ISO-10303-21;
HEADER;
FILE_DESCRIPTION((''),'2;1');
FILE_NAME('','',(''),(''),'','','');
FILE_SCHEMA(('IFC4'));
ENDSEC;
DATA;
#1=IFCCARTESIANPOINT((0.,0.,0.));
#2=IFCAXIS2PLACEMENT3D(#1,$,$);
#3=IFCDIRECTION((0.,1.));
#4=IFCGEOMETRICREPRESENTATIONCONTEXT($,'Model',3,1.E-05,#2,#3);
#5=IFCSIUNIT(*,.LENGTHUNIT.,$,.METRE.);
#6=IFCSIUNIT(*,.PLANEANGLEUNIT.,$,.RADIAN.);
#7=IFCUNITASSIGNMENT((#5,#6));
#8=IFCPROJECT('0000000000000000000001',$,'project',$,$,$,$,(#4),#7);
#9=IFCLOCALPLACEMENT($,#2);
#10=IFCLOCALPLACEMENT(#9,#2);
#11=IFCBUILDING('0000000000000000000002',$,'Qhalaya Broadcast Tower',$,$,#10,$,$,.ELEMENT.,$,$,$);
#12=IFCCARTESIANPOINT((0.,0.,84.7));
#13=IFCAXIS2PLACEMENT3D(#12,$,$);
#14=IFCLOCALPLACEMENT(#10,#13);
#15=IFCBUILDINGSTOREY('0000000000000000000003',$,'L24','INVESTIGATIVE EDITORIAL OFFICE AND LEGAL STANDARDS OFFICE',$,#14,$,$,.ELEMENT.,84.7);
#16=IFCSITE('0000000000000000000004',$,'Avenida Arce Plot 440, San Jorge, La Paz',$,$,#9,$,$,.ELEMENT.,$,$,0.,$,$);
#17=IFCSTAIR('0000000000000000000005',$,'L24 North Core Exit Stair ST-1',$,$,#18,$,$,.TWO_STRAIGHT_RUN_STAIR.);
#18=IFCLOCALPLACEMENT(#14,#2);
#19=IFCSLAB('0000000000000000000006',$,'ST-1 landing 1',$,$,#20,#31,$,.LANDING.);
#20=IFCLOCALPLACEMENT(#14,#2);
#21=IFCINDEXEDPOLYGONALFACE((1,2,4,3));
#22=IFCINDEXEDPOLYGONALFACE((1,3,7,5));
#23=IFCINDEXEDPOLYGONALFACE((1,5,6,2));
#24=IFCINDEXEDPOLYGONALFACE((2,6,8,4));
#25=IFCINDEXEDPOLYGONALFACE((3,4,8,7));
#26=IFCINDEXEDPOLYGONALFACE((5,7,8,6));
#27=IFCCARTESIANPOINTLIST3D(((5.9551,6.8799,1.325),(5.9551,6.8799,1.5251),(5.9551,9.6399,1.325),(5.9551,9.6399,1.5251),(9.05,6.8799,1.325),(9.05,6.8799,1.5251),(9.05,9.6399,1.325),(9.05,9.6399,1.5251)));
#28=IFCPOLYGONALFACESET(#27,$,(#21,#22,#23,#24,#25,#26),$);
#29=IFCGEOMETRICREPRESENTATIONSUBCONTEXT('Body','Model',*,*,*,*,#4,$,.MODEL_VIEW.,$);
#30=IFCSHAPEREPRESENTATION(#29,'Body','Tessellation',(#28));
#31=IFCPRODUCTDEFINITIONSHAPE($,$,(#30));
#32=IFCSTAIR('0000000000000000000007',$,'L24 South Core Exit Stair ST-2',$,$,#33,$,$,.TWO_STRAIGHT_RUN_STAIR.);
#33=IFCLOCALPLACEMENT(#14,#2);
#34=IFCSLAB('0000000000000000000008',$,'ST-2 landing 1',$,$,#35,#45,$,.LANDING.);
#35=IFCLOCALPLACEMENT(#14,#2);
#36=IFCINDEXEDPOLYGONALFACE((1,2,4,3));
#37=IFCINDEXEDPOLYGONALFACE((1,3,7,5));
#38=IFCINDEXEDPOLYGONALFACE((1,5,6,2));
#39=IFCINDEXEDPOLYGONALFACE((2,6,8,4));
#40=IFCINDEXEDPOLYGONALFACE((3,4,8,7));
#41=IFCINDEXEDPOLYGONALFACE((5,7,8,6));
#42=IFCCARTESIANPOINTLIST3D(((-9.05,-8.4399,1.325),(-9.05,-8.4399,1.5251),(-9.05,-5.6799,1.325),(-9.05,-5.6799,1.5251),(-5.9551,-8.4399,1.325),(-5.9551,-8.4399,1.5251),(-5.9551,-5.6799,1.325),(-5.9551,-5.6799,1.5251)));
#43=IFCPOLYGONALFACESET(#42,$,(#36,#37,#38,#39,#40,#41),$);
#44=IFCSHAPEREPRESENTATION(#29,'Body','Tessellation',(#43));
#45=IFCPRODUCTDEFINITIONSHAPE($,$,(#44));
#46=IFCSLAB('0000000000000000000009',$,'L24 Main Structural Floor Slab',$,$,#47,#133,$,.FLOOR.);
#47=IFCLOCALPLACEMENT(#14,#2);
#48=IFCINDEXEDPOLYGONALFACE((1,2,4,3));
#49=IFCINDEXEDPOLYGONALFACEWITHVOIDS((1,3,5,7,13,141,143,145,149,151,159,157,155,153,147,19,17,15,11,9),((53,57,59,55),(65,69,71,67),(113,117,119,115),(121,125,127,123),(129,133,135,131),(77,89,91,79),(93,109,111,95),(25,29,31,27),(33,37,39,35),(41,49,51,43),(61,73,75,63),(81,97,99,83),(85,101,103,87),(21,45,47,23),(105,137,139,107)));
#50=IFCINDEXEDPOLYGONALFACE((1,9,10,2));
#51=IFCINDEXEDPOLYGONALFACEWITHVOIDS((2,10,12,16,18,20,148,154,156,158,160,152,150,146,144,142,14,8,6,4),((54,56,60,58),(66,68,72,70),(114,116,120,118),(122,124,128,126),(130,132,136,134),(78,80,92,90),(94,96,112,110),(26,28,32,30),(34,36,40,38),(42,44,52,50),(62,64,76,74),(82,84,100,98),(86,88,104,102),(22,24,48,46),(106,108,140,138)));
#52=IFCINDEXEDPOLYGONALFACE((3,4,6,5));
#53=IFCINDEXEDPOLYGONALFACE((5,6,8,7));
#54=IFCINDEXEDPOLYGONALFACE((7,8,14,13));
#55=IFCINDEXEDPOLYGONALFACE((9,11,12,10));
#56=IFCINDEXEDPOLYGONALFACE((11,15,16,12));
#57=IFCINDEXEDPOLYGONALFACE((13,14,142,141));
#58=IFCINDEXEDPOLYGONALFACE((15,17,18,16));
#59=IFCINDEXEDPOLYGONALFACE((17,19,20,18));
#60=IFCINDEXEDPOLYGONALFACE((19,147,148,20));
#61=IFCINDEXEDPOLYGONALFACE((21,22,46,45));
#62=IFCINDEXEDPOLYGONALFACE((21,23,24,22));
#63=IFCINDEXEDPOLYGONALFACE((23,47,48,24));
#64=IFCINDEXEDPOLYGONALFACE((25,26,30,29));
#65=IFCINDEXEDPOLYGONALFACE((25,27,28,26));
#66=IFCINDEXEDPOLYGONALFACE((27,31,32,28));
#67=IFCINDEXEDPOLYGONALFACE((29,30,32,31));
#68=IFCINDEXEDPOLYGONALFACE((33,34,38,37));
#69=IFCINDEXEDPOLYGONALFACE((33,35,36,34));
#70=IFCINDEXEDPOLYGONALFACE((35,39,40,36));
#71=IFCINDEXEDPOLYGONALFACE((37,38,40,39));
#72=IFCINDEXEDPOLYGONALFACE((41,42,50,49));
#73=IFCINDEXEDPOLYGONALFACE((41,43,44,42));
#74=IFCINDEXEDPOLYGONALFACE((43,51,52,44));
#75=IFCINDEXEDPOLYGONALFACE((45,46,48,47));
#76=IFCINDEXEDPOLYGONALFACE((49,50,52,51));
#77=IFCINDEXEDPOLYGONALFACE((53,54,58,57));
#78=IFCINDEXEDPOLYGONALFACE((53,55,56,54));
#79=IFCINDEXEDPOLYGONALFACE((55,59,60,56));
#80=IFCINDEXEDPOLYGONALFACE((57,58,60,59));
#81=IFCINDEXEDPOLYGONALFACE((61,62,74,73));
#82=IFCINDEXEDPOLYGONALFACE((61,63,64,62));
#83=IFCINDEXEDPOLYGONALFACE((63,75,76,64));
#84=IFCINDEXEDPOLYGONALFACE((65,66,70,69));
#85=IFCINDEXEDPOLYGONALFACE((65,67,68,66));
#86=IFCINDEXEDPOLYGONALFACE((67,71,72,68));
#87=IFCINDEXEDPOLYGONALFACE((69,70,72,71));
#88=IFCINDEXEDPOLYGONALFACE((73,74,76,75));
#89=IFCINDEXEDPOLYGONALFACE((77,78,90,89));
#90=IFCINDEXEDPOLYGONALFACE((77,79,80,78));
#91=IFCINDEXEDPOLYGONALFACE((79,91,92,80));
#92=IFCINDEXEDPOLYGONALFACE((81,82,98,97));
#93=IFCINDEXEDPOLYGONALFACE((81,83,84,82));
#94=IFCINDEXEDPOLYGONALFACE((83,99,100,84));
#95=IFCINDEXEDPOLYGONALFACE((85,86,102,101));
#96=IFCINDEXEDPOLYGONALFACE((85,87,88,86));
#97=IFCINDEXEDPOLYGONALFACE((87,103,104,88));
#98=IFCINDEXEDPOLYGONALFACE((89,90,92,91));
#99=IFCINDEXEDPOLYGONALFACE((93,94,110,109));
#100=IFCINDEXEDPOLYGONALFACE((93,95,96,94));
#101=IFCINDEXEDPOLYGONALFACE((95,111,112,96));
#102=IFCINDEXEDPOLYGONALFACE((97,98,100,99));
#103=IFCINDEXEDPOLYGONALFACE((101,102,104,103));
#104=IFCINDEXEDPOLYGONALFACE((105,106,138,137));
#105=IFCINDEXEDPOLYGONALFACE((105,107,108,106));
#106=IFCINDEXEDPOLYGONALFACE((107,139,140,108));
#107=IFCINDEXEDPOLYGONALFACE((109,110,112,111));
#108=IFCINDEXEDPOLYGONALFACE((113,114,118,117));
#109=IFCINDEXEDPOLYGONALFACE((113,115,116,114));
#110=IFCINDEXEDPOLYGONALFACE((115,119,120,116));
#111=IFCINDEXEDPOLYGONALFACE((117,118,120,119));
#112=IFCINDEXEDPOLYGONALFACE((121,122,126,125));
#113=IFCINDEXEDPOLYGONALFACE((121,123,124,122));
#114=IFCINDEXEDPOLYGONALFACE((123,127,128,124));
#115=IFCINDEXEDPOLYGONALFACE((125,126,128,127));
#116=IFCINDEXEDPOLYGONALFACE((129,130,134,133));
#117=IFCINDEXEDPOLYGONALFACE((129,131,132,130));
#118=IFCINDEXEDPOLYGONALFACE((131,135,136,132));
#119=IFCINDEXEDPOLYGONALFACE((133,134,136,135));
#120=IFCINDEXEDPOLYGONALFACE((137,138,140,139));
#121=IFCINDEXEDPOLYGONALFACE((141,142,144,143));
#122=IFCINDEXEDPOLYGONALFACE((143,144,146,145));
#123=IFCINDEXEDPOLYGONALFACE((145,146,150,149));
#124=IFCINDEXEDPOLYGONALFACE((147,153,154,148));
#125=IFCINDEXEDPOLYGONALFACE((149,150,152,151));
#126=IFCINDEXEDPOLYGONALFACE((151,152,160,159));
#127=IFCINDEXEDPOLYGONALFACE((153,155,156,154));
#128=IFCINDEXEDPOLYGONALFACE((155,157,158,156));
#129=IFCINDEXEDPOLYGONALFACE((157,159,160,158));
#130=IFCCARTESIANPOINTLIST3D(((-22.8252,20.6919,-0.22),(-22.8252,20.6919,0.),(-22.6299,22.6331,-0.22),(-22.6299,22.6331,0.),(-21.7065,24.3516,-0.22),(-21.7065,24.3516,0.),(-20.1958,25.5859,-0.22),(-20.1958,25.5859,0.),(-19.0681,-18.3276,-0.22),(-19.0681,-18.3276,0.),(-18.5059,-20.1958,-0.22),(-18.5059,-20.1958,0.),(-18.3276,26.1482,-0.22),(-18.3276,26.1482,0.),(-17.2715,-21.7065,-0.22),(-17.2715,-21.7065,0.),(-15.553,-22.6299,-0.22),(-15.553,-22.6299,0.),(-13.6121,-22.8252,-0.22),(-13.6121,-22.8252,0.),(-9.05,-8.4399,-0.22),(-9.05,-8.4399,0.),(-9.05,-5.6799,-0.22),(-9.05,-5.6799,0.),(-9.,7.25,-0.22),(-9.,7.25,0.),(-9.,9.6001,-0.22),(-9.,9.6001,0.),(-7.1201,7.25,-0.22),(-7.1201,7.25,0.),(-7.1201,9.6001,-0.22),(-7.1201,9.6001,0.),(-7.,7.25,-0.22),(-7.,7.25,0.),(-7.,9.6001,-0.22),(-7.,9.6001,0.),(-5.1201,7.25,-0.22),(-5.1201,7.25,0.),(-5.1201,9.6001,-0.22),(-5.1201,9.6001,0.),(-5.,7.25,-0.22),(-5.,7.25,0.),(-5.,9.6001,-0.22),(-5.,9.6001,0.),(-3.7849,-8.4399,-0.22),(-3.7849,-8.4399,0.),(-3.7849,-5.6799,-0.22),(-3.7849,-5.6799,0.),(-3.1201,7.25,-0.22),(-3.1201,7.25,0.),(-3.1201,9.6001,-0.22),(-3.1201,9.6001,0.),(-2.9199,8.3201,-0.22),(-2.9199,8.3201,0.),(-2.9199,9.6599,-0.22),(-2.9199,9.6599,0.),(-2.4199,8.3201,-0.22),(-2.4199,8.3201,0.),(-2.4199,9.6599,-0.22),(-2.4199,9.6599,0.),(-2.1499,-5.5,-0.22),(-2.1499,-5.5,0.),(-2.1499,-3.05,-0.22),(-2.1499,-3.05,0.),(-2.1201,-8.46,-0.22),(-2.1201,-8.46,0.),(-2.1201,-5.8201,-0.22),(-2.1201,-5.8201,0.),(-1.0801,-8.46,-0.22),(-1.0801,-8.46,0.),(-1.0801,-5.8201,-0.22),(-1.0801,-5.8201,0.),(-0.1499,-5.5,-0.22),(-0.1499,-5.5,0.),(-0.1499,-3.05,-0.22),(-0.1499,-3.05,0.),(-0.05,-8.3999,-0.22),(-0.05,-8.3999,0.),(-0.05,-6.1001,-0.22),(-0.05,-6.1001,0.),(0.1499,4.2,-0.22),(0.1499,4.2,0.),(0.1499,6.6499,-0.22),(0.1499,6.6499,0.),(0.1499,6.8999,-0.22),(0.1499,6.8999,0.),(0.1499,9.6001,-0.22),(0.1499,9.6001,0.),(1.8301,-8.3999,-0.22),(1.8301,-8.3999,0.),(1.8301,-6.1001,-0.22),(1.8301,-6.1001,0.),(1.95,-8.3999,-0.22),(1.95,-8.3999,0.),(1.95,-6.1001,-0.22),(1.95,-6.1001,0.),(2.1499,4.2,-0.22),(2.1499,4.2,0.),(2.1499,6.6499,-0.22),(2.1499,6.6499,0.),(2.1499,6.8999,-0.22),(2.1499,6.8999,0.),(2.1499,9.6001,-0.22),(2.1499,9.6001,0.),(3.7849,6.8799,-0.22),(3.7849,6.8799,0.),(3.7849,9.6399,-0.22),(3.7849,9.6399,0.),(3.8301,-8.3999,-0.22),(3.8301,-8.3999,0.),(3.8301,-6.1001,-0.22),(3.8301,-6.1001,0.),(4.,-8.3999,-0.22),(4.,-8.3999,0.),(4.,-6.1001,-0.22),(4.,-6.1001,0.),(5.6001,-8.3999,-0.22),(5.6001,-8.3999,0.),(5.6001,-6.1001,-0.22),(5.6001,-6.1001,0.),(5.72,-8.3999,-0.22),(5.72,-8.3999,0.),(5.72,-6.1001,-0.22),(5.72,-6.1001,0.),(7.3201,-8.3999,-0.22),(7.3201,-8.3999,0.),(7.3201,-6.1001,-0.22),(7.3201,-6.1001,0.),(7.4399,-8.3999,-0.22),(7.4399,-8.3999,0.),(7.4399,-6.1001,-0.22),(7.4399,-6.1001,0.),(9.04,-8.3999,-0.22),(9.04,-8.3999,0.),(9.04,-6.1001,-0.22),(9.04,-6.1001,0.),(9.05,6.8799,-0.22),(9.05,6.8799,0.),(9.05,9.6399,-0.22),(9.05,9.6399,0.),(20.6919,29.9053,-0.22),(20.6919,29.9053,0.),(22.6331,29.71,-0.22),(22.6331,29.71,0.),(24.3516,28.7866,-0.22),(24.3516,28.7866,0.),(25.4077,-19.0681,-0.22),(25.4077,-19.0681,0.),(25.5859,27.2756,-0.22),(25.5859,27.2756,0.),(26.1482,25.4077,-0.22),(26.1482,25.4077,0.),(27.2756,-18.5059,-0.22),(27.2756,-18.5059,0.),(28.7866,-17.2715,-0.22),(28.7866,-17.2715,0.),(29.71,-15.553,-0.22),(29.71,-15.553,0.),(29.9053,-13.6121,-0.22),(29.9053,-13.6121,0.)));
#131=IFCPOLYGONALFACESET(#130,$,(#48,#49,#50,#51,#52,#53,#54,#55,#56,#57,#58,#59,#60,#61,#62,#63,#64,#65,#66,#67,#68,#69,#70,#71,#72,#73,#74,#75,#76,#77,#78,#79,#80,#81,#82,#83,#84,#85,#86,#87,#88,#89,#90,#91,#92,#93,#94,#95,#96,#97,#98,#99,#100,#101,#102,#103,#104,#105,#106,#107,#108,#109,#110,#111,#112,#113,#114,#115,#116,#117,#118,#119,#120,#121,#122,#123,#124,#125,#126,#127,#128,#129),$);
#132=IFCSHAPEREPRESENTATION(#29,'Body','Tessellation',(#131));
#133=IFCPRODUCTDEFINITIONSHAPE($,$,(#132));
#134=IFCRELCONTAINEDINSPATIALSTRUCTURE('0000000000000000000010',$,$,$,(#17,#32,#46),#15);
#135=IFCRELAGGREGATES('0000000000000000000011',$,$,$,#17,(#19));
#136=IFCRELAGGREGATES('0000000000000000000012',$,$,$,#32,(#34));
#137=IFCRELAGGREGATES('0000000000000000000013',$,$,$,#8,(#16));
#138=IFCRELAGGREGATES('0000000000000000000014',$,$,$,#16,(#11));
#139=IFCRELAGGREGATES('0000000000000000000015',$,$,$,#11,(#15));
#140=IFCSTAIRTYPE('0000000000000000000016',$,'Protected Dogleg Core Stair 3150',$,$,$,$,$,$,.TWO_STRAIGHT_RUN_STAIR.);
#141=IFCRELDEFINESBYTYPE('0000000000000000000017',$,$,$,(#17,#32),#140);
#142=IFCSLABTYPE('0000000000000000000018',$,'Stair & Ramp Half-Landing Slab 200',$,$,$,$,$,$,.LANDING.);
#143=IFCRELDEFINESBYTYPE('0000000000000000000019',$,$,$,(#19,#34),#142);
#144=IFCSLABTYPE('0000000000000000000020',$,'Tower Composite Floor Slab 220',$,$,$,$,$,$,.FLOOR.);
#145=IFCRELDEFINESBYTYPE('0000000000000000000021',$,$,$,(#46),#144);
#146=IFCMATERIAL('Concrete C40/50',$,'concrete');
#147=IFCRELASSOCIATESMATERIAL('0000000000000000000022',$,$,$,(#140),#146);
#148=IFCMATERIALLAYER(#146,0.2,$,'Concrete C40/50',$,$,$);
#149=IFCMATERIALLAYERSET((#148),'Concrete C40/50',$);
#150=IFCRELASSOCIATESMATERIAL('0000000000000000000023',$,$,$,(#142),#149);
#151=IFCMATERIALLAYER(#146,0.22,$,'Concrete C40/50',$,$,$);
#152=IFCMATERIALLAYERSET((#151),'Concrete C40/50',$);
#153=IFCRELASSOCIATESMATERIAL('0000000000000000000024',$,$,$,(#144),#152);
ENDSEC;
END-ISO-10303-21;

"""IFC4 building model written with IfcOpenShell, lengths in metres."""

from ifc_helpers import new_model, si_unit, direction, frame, origin, place, context, subcontext, project, spatial, polyline, outline, extrude, material, layer, layer_set, type_object, element, aggregate, save


model = new_model("IFC4")

# Units and contexts
model_context = context("Model", 3, precision=1e-05, world=origin(), true_north=direction((0.0, 1.0)))
body_context = subcontext(model_context, "Body", "Model", "MODEL_VIEW")
ifc_project = project(units=[si_unit("LENGTHUNIT", "METRE"), si_unit("PLANEANGLEUNIT", "RADIAN")], contexts=[model_context])

# Site, building, storey
site_placement = place(None, origin())
site = spatial("IfcSite", under=ifc_project, at=site_placement, Name="Avenida Arce Plot 440, San Jorge, La Paz", CompositionType="ELEMENT", RefElevation=0.0)
building_placement = place(site_placement, origin())
building = spatial("IfcBuilding", under=site, at=building_placement, Name="Qhalaya Broadcast Tower", CompositionType="ELEMENT")
storey_placement = place(building_placement, frame((0.0, 0.0, 84.7)))
storey = spatial("IfcBuildingStorey", under=building, at=storey_placement, Name="L24", Description="INVESTIGATIVE EDITORIAL OFFICE AND LEGAL STANDARDS OFFICE", CompositionType="ELEMENT", Elevation=84.7)

# Stairs, slabs
ifc_material_1 = material(Name="Concrete C40/50", Category="concrete")
stair_type = type_object("IfcStairType", Name="Protected Dogleg Core Stair 3150", PredefinedType="TWO_STRAIGHT_RUN_STAIR", material=ifc_material_1)
stair_1_placement = place(storey_placement, origin())
stair_1 = element("IfcStair", 1, at=stair_1_placement, inside=storey, type_object=stair_type, Name="L24 North Core Exit Stair ST-1", PredefinedType="TWO_STRAIGHT_RUN_STAIR")
ifc_layer_1 = layer(ifc_material_1, 0.2, Name="Concrete C40/50")
ifc_layer_set_1 = layer_set([ifc_layer_1], Name="Concrete C40/50")
slab_type_1 = type_object("IfcSlabType", Name="Stair & Ramp Half-Landing Slab 200", PredefinedType="LANDING", material=ifc_layer_set_1)
slab_1_placement = place(storey_placement, frame((0.0, 0.0, 1.325)))
slab_1 = element("IfcSlab", 2, at=slab_1_placement, type_object=slab_type_1, Name="ST-1 landing 1", PredefinedType="LANDING", context=body_context, shape_type="SweptSolid", body=[
    extrude(outline(polyline([(5.9551, 6.8799), (9.05, 6.8799), (9.05, 9.6399), (5.9551, 9.6399), (5.9551, 6.8799)])), origin(), (0.0, 0.0, 1.0), 0.2002),
])
aggregate(stair_1, [slab_1])
stair_2_placement = place(storey_placement, origin())
stair_2 = element("IfcStair", 3, at=stair_2_placement, inside=storey, type_object=stair_type, Name="L24 South Core Exit Stair ST-2", PredefinedType="TWO_STRAIGHT_RUN_STAIR")
slab_2_placement = place(storey_placement, frame((0.0, 0.0, 1.325)))
slab_2 = element("IfcSlab", 4, at=slab_2_placement, type_object=slab_type_1, Name="ST-2 landing 1", PredefinedType="LANDING", context=body_context, shape_type="SweptSolid", body=[
    extrude(outline(polyline([(-5.9551, -5.6799), (-9.05, -5.6799), (-9.05, -8.4399), (-5.9551, -8.4399), (-5.9551, -5.6799)])), origin(), (0.0, 0.0, 1.0), 0.2002),
])
aggregate(stair_2, [slab_2])

# Slab
ifc_layer_2 = layer(ifc_material_1, 0.22, Name="Concrete C40/50")
ifc_layer_set_2 = layer_set([ifc_layer_2], Name="Concrete C40/50")
slab_type_2 = type_object("IfcSlabType", Name="Tower Composite Floor Slab 220", PredefinedType="FLOOR", material=ifc_layer_set_2)
slab_3_placement = place(storey_placement, frame((0.0, 0.0, -0.22)))
element("IfcSlab", 5, at=slab_3_placement, inside=storey, type_object=slab_type_2, Name="L24 Main Structural Floor Slab", PredefinedType="FLOOR", context=body_context, shape_type="SweptSolid", body=[
    extrude(outline(polyline([(25.4077, -19.0681), (27.2756, -18.5059), (28.7866, -17.2715), (29.71, -15.553), (29.9053, -13.6121), (26.1482, 25.4077), (25.5859, 27.2756), (24.3516, 28.7866), (22.6331, 29.71), (20.6919, 29.9053), (-18.3276, 26.1482), (-20.1958, 25.5859), (-21.7065, 24.3516), (-22.6299, 22.6331), (-22.8252, 20.6919), (-19.0681, -18.3276), (-18.5059, -20.1958), (-17.2715, -21.7065), (-15.553, -22.6299), (-13.6121, -22.8252), (25.4077, -19.0681)]), holes=[polyline([(3.7849, 9.6399), (9.05, 9.6399), (9.05, 6.8799), (3.7849, 6.8799), (3.7849, 9.6399)]), polyline([(-3.7849, -8.4399), (-9.05, -8.4399), (-9.05, -5.6799), (-3.7849, -5.6799), (-3.7849, -8.4399)]), polyline([(0.1499, 6.6499), (2.1499, 6.6499), (2.1499, 4.2), (0.1499, 4.2), (0.1499, 6.6499)]), polyline([(0.1499, 9.6001), (2.1499, 9.6001), (2.1499, 6.8999), (0.1499, 6.8999), (0.1499, 9.6001)]), polyline([(-2.1499, -3.05), (-0.1499, -3.05), (-0.1499, -5.5), (-2.1499, -5.5), (-2.1499, -3.05)]), polyline([(-9.0, 9.6001), (-7.1201, 9.6001), (-7.1201, 7.25), (-9.0, 7.25), (-9.0, 9.6001)]), polyline([(-7.0, 9.6001), (-5.1201, 9.6001), (-5.1201, 7.25), (-7.0, 7.25), (-7.0, 9.6001)]), polyline([(-5.0, 9.6001), (-3.1201, 9.6001), (-3.1201, 7.25), (-5.0, 7.25), (-5.0, 9.6001)]), polyline([(-0.05, -6.1001), (1.8301, -6.1001), (1.8301, -8.3999), (-0.05, -8.3999), (-0.05, -6.1001)]), polyline([(1.95, -6.1001), (3.8301, -6.1001), (3.8301, -8.3999), (1.95, -8.3999), (1.95, -6.1001)]), polyline([(4.0, -6.1001), (5.6001, -6.1001), (5.6001, -8.3999), (4.0, -8.3999), (4.0, -6.1001)]), polyline([(5.72, -6.1001), (7.3201, -6.1001), (7.3201, -8.3999), (5.72, -8.3999), (5.72, -6.1001)]), polyline([(7.4399, -6.1001), (9.04, -6.1001), (9.04, -8.3999), (7.4399, -8.3999), (7.4399, -6.1001)]), polyline([(-2.9199, 9.6599), (-2.4199, 9.6599), (-2.4199, 8.3201), (-2.9199, 8.3201), (-2.9199, 9.6599)]), polyline([(-2.1201, -5.8201), (-1.0801, -5.8201), (-1.0801, -8.46), (-2.1201, -8.46), (-2.1201, -5.8201)])]), origin(), (0.0, 0.0, 1.0), 0.22),
])

save(model, "model.ifc")
